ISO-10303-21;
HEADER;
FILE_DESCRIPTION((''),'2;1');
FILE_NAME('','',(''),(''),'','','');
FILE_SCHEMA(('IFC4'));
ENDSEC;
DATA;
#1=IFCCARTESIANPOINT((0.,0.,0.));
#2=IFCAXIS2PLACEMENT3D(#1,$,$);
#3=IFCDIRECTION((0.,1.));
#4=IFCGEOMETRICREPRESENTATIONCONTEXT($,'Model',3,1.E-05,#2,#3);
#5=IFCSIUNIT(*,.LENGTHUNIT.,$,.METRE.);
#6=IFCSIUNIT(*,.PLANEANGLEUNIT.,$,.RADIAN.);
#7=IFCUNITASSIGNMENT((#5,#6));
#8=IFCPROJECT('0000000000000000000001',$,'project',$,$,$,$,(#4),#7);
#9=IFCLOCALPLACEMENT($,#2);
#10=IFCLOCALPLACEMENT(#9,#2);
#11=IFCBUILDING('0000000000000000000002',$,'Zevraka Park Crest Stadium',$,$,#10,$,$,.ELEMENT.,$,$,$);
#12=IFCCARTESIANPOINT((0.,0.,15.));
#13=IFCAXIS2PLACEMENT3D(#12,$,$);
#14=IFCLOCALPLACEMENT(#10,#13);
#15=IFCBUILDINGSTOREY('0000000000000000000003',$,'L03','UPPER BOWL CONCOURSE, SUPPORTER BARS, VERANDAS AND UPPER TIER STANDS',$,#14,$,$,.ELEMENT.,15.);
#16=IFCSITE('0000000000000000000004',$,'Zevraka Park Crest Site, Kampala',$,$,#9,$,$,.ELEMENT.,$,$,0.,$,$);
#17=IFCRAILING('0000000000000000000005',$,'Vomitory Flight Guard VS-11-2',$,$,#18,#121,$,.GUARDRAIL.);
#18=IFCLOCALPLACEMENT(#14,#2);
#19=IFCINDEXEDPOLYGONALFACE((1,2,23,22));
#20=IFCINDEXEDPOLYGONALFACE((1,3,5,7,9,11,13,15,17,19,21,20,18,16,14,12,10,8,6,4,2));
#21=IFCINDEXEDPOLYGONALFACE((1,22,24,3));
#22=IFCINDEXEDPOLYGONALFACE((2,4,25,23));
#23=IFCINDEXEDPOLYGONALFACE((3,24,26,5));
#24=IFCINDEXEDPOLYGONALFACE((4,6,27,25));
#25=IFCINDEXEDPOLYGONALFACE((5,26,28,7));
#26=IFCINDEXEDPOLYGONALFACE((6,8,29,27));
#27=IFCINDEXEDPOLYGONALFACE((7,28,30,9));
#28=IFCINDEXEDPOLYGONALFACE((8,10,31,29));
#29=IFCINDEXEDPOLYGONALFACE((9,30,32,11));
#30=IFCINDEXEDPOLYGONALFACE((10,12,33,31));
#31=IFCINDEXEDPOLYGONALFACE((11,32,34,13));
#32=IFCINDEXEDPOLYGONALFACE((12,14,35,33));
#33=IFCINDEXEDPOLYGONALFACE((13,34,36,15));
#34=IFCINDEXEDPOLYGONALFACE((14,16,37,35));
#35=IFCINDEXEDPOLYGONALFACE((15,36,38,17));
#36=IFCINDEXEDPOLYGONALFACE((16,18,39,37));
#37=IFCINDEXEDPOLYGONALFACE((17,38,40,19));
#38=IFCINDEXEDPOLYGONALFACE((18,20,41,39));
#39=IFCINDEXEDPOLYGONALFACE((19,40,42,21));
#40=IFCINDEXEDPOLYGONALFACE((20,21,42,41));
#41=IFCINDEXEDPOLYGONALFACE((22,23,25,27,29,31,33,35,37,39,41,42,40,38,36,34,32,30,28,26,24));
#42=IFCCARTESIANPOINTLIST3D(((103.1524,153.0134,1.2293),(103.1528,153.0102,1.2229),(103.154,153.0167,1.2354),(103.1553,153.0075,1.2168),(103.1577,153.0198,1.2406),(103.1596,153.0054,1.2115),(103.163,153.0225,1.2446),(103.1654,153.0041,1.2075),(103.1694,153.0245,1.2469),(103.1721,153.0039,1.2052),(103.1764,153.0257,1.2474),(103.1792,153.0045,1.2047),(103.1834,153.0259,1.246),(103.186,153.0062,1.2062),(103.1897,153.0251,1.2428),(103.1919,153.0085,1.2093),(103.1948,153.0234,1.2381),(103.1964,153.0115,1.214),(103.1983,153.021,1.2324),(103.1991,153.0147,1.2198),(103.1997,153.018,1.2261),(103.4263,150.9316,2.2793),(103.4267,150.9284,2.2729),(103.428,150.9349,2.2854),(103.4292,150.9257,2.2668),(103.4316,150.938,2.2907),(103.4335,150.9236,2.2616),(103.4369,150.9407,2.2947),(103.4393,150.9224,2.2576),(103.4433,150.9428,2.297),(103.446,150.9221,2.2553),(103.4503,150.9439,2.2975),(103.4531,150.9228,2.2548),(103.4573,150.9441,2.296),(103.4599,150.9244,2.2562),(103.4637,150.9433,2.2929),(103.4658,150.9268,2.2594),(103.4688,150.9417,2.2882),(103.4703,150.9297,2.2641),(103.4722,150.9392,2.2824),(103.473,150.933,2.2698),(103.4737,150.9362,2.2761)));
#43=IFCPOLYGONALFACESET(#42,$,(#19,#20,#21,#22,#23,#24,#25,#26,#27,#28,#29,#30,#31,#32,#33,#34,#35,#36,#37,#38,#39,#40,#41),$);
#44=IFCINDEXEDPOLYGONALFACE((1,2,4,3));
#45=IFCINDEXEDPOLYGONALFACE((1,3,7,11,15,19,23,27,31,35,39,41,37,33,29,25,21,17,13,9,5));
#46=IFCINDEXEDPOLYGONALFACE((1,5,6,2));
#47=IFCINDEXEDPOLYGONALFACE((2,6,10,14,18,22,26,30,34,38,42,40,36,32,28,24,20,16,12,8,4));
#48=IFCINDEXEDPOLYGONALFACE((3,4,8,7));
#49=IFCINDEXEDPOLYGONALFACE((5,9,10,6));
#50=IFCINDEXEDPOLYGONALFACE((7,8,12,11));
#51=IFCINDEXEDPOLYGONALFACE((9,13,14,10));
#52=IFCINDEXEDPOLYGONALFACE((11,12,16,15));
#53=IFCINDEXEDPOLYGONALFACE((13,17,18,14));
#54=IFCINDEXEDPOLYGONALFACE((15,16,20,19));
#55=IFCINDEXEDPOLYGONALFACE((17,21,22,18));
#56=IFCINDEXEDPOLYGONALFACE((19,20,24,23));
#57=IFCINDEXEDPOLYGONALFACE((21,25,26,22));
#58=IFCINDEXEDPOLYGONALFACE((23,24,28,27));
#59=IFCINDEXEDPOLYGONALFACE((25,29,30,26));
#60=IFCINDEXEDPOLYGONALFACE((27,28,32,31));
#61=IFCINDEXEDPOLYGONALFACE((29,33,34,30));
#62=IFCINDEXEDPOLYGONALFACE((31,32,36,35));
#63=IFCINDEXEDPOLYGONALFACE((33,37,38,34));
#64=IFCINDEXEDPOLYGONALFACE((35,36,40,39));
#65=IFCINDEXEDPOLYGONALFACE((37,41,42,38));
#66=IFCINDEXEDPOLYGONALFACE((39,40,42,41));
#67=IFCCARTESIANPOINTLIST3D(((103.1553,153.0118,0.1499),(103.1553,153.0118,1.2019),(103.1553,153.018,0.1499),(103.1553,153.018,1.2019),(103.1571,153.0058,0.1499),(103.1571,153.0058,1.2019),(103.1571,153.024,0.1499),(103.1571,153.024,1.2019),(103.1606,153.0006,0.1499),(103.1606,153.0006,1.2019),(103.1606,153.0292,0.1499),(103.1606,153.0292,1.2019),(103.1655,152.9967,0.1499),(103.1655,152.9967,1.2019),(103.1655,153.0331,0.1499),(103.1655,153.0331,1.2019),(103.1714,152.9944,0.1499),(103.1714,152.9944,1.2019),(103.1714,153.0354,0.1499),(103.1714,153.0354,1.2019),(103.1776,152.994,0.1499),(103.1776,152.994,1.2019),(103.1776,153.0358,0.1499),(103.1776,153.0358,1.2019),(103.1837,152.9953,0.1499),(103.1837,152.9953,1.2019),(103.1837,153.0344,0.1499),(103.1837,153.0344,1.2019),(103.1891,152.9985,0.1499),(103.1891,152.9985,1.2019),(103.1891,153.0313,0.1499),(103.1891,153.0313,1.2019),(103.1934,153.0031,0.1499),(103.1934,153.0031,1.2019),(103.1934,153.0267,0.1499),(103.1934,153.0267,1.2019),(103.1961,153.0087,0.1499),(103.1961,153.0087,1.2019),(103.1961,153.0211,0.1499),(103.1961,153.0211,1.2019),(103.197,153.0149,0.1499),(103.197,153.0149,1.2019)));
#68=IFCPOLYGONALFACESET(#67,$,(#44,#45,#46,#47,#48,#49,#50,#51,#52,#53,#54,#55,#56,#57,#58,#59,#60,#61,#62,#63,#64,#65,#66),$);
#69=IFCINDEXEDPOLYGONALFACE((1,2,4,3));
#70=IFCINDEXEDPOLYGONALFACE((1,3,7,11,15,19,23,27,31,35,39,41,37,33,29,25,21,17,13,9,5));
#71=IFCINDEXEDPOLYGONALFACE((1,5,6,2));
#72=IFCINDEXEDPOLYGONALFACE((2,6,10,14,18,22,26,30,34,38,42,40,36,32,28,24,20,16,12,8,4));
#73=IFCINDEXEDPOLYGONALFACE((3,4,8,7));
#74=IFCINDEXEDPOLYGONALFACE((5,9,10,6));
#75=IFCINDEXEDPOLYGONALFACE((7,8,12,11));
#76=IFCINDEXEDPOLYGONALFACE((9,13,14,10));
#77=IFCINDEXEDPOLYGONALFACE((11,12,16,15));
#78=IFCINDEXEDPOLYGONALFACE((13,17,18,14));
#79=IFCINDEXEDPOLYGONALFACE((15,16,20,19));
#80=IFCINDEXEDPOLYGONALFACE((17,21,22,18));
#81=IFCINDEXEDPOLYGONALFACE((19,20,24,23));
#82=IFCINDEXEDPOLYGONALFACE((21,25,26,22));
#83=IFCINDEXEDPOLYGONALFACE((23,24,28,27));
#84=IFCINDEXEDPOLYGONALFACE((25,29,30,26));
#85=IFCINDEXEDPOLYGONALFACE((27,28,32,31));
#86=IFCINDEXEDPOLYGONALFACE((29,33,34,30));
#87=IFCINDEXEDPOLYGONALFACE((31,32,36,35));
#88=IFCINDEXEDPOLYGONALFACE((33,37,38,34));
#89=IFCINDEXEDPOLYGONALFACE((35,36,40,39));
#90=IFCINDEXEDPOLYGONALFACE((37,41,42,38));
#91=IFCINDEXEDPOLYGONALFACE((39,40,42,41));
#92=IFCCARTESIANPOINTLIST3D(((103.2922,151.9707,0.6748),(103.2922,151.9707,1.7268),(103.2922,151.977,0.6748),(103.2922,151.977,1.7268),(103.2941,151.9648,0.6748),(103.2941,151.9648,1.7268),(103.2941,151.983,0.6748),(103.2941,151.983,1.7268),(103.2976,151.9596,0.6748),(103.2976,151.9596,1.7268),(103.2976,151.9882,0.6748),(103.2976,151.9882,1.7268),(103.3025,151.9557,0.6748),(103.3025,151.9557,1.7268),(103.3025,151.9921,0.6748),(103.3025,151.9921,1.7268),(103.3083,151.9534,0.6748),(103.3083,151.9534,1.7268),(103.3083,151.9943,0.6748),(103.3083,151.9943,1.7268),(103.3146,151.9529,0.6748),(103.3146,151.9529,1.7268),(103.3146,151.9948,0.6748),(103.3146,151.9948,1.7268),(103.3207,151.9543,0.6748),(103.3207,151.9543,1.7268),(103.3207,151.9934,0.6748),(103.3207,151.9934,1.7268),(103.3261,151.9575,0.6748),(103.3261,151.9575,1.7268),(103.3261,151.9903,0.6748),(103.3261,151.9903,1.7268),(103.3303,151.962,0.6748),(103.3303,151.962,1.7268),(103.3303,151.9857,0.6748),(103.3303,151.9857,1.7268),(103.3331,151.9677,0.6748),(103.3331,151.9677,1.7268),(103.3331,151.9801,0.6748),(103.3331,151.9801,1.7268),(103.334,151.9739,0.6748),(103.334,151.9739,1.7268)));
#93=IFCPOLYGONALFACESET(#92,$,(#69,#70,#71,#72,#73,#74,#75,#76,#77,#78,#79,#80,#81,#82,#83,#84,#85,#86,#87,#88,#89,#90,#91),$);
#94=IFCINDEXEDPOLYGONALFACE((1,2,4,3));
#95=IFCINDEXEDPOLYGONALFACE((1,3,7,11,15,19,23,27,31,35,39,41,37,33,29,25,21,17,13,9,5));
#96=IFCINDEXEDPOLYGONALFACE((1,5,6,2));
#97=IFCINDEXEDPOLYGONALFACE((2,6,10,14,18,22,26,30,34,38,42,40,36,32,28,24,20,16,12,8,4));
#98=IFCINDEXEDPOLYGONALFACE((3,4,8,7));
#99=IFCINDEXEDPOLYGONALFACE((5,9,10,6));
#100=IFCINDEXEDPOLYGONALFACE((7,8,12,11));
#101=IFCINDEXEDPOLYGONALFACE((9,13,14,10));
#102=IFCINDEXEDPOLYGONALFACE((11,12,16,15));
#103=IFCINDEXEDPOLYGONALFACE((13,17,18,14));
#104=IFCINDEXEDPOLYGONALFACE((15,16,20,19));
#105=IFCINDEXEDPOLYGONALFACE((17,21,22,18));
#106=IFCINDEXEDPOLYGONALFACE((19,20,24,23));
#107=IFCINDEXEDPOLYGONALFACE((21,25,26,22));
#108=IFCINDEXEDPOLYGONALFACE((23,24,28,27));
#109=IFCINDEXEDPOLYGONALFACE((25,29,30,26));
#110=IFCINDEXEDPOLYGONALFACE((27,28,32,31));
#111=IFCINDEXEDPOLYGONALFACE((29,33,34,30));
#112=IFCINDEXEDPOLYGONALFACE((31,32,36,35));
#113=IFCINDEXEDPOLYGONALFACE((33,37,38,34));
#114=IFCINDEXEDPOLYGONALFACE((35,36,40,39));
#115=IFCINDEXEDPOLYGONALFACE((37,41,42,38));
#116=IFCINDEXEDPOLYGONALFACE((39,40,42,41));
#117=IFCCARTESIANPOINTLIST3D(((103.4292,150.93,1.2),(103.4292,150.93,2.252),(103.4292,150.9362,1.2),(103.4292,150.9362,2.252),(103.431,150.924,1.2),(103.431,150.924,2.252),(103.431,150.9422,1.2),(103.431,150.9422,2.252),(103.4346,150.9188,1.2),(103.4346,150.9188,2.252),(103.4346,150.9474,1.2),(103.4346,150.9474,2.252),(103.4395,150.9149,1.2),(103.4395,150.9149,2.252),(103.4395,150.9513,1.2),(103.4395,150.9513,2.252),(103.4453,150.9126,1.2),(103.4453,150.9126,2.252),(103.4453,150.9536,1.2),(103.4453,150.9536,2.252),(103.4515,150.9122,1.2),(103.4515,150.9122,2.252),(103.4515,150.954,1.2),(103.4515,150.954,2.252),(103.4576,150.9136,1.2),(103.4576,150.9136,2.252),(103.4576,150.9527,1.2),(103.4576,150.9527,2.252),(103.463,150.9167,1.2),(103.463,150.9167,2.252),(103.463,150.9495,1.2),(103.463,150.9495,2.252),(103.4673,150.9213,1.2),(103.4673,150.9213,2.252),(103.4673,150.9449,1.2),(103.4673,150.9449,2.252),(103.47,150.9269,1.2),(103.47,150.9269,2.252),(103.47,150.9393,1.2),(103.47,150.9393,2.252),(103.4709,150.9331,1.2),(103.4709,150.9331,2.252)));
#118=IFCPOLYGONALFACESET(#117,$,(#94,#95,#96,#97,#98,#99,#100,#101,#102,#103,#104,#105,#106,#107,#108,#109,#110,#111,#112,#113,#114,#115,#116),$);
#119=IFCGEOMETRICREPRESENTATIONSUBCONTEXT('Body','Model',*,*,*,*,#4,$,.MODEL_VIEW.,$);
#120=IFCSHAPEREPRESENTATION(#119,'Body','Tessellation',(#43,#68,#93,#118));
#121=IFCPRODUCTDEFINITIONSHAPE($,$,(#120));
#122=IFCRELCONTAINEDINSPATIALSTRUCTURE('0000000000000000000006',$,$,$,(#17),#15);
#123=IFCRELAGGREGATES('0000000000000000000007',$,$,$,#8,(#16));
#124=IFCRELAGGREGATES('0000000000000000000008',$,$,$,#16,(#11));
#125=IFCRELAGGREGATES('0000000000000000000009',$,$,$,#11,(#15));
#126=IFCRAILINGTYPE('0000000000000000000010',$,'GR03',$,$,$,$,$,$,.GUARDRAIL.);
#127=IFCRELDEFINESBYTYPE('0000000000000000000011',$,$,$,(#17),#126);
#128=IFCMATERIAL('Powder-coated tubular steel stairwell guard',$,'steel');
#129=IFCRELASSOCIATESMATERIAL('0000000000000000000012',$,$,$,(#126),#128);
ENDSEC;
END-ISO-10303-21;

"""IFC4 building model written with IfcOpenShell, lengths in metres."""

from ifc_helpers import new_model, si_unit, direction, frame, origin, origin_2d, place, context, subcontext, project, spatial, circle, extrude, material, type_object, element, save


model = new_model("IFC4")

# Units and contexts
model_context = context("Model", 3, precision=1e-05, world=origin(), true_north=direction((0.0, 1.0)))
body_context = subcontext(model_context, "Body", "Model", "MODEL_VIEW")
ifc_project = project(units=[si_unit("LENGTHUNIT", "METRE"), si_unit("PLANEANGLEUNIT", "RADIAN")], contexts=[model_context])

# Site, building, storey
site_placement = place(None, origin())
site = spatial("IfcSite", under=ifc_project, at=site_placement, Name="Zevraka Park Crest Site, Kampala", CompositionType="ELEMENT", RefElevation=0.0)
building_placement = place(site_placement, origin())
building = spatial("IfcBuilding", under=site, at=building_placement, Name="Zevraka Park Crest Stadium", CompositionType="ELEMENT")
storey_placement = place(building_placement, frame((0.0, 0.0, 15.0)))
storey = spatial("IfcBuildingStorey", under=building, at=storey_placement, Name="L03", Description="UPPER BOWL CONCOURSE, SUPPORTER BARS, VERANDAS AND UPPER TIER STANDS", CompositionType="ELEMENT", Elevation=15.0)

# Railing
ifc_material_1 = material(Name="Powder-coated tubular steel stairwell guard", Category="steel")
railing_type_1 = type_object("IfcRailingType", Name="GR03", PredefinedType="GUARDRAIL", material=ifc_material_1)
railing_1_placement = place(storey_placement, frame((103.176, 153.0149, 0.1499)))
element("IfcRailing", 1, at=railing_1_placement, inside=storey, type_object=railing_type_1, Name="Vomitory Flight Guard VS-11-2", PredefinedType="GUARDRAIL", context=body_context, shape_type="SweptSolid", body=[
    extrude(circle(Radius=0.0239, at=origin_2d()), frame((0.0, 0.0, 1.0762), z_axis=(0.116681, -0.886752, 0.447276), x_axis=(0.991454, 0.130458, 0.0)), (0.0, 0.0, 1.0), 2.3477),
    extrude(circle(Radius=0.021, at=origin_2d()), origin(), (0.0, 0.0, 1.0), 1.052),
    extrude(circle(Radius=0.021, at=origin_2d()), frame((0.137, -1.041, 0.5249)), (0.0, 0.0, 1.0), 1.052),
    extrude(circle(Radius=0.021, at=origin_2d()), frame((0.2739, -2.0818, 1.05)), (0.0, 0.0, 1.0), 1.052),
])

save(model, "model.ifc")
